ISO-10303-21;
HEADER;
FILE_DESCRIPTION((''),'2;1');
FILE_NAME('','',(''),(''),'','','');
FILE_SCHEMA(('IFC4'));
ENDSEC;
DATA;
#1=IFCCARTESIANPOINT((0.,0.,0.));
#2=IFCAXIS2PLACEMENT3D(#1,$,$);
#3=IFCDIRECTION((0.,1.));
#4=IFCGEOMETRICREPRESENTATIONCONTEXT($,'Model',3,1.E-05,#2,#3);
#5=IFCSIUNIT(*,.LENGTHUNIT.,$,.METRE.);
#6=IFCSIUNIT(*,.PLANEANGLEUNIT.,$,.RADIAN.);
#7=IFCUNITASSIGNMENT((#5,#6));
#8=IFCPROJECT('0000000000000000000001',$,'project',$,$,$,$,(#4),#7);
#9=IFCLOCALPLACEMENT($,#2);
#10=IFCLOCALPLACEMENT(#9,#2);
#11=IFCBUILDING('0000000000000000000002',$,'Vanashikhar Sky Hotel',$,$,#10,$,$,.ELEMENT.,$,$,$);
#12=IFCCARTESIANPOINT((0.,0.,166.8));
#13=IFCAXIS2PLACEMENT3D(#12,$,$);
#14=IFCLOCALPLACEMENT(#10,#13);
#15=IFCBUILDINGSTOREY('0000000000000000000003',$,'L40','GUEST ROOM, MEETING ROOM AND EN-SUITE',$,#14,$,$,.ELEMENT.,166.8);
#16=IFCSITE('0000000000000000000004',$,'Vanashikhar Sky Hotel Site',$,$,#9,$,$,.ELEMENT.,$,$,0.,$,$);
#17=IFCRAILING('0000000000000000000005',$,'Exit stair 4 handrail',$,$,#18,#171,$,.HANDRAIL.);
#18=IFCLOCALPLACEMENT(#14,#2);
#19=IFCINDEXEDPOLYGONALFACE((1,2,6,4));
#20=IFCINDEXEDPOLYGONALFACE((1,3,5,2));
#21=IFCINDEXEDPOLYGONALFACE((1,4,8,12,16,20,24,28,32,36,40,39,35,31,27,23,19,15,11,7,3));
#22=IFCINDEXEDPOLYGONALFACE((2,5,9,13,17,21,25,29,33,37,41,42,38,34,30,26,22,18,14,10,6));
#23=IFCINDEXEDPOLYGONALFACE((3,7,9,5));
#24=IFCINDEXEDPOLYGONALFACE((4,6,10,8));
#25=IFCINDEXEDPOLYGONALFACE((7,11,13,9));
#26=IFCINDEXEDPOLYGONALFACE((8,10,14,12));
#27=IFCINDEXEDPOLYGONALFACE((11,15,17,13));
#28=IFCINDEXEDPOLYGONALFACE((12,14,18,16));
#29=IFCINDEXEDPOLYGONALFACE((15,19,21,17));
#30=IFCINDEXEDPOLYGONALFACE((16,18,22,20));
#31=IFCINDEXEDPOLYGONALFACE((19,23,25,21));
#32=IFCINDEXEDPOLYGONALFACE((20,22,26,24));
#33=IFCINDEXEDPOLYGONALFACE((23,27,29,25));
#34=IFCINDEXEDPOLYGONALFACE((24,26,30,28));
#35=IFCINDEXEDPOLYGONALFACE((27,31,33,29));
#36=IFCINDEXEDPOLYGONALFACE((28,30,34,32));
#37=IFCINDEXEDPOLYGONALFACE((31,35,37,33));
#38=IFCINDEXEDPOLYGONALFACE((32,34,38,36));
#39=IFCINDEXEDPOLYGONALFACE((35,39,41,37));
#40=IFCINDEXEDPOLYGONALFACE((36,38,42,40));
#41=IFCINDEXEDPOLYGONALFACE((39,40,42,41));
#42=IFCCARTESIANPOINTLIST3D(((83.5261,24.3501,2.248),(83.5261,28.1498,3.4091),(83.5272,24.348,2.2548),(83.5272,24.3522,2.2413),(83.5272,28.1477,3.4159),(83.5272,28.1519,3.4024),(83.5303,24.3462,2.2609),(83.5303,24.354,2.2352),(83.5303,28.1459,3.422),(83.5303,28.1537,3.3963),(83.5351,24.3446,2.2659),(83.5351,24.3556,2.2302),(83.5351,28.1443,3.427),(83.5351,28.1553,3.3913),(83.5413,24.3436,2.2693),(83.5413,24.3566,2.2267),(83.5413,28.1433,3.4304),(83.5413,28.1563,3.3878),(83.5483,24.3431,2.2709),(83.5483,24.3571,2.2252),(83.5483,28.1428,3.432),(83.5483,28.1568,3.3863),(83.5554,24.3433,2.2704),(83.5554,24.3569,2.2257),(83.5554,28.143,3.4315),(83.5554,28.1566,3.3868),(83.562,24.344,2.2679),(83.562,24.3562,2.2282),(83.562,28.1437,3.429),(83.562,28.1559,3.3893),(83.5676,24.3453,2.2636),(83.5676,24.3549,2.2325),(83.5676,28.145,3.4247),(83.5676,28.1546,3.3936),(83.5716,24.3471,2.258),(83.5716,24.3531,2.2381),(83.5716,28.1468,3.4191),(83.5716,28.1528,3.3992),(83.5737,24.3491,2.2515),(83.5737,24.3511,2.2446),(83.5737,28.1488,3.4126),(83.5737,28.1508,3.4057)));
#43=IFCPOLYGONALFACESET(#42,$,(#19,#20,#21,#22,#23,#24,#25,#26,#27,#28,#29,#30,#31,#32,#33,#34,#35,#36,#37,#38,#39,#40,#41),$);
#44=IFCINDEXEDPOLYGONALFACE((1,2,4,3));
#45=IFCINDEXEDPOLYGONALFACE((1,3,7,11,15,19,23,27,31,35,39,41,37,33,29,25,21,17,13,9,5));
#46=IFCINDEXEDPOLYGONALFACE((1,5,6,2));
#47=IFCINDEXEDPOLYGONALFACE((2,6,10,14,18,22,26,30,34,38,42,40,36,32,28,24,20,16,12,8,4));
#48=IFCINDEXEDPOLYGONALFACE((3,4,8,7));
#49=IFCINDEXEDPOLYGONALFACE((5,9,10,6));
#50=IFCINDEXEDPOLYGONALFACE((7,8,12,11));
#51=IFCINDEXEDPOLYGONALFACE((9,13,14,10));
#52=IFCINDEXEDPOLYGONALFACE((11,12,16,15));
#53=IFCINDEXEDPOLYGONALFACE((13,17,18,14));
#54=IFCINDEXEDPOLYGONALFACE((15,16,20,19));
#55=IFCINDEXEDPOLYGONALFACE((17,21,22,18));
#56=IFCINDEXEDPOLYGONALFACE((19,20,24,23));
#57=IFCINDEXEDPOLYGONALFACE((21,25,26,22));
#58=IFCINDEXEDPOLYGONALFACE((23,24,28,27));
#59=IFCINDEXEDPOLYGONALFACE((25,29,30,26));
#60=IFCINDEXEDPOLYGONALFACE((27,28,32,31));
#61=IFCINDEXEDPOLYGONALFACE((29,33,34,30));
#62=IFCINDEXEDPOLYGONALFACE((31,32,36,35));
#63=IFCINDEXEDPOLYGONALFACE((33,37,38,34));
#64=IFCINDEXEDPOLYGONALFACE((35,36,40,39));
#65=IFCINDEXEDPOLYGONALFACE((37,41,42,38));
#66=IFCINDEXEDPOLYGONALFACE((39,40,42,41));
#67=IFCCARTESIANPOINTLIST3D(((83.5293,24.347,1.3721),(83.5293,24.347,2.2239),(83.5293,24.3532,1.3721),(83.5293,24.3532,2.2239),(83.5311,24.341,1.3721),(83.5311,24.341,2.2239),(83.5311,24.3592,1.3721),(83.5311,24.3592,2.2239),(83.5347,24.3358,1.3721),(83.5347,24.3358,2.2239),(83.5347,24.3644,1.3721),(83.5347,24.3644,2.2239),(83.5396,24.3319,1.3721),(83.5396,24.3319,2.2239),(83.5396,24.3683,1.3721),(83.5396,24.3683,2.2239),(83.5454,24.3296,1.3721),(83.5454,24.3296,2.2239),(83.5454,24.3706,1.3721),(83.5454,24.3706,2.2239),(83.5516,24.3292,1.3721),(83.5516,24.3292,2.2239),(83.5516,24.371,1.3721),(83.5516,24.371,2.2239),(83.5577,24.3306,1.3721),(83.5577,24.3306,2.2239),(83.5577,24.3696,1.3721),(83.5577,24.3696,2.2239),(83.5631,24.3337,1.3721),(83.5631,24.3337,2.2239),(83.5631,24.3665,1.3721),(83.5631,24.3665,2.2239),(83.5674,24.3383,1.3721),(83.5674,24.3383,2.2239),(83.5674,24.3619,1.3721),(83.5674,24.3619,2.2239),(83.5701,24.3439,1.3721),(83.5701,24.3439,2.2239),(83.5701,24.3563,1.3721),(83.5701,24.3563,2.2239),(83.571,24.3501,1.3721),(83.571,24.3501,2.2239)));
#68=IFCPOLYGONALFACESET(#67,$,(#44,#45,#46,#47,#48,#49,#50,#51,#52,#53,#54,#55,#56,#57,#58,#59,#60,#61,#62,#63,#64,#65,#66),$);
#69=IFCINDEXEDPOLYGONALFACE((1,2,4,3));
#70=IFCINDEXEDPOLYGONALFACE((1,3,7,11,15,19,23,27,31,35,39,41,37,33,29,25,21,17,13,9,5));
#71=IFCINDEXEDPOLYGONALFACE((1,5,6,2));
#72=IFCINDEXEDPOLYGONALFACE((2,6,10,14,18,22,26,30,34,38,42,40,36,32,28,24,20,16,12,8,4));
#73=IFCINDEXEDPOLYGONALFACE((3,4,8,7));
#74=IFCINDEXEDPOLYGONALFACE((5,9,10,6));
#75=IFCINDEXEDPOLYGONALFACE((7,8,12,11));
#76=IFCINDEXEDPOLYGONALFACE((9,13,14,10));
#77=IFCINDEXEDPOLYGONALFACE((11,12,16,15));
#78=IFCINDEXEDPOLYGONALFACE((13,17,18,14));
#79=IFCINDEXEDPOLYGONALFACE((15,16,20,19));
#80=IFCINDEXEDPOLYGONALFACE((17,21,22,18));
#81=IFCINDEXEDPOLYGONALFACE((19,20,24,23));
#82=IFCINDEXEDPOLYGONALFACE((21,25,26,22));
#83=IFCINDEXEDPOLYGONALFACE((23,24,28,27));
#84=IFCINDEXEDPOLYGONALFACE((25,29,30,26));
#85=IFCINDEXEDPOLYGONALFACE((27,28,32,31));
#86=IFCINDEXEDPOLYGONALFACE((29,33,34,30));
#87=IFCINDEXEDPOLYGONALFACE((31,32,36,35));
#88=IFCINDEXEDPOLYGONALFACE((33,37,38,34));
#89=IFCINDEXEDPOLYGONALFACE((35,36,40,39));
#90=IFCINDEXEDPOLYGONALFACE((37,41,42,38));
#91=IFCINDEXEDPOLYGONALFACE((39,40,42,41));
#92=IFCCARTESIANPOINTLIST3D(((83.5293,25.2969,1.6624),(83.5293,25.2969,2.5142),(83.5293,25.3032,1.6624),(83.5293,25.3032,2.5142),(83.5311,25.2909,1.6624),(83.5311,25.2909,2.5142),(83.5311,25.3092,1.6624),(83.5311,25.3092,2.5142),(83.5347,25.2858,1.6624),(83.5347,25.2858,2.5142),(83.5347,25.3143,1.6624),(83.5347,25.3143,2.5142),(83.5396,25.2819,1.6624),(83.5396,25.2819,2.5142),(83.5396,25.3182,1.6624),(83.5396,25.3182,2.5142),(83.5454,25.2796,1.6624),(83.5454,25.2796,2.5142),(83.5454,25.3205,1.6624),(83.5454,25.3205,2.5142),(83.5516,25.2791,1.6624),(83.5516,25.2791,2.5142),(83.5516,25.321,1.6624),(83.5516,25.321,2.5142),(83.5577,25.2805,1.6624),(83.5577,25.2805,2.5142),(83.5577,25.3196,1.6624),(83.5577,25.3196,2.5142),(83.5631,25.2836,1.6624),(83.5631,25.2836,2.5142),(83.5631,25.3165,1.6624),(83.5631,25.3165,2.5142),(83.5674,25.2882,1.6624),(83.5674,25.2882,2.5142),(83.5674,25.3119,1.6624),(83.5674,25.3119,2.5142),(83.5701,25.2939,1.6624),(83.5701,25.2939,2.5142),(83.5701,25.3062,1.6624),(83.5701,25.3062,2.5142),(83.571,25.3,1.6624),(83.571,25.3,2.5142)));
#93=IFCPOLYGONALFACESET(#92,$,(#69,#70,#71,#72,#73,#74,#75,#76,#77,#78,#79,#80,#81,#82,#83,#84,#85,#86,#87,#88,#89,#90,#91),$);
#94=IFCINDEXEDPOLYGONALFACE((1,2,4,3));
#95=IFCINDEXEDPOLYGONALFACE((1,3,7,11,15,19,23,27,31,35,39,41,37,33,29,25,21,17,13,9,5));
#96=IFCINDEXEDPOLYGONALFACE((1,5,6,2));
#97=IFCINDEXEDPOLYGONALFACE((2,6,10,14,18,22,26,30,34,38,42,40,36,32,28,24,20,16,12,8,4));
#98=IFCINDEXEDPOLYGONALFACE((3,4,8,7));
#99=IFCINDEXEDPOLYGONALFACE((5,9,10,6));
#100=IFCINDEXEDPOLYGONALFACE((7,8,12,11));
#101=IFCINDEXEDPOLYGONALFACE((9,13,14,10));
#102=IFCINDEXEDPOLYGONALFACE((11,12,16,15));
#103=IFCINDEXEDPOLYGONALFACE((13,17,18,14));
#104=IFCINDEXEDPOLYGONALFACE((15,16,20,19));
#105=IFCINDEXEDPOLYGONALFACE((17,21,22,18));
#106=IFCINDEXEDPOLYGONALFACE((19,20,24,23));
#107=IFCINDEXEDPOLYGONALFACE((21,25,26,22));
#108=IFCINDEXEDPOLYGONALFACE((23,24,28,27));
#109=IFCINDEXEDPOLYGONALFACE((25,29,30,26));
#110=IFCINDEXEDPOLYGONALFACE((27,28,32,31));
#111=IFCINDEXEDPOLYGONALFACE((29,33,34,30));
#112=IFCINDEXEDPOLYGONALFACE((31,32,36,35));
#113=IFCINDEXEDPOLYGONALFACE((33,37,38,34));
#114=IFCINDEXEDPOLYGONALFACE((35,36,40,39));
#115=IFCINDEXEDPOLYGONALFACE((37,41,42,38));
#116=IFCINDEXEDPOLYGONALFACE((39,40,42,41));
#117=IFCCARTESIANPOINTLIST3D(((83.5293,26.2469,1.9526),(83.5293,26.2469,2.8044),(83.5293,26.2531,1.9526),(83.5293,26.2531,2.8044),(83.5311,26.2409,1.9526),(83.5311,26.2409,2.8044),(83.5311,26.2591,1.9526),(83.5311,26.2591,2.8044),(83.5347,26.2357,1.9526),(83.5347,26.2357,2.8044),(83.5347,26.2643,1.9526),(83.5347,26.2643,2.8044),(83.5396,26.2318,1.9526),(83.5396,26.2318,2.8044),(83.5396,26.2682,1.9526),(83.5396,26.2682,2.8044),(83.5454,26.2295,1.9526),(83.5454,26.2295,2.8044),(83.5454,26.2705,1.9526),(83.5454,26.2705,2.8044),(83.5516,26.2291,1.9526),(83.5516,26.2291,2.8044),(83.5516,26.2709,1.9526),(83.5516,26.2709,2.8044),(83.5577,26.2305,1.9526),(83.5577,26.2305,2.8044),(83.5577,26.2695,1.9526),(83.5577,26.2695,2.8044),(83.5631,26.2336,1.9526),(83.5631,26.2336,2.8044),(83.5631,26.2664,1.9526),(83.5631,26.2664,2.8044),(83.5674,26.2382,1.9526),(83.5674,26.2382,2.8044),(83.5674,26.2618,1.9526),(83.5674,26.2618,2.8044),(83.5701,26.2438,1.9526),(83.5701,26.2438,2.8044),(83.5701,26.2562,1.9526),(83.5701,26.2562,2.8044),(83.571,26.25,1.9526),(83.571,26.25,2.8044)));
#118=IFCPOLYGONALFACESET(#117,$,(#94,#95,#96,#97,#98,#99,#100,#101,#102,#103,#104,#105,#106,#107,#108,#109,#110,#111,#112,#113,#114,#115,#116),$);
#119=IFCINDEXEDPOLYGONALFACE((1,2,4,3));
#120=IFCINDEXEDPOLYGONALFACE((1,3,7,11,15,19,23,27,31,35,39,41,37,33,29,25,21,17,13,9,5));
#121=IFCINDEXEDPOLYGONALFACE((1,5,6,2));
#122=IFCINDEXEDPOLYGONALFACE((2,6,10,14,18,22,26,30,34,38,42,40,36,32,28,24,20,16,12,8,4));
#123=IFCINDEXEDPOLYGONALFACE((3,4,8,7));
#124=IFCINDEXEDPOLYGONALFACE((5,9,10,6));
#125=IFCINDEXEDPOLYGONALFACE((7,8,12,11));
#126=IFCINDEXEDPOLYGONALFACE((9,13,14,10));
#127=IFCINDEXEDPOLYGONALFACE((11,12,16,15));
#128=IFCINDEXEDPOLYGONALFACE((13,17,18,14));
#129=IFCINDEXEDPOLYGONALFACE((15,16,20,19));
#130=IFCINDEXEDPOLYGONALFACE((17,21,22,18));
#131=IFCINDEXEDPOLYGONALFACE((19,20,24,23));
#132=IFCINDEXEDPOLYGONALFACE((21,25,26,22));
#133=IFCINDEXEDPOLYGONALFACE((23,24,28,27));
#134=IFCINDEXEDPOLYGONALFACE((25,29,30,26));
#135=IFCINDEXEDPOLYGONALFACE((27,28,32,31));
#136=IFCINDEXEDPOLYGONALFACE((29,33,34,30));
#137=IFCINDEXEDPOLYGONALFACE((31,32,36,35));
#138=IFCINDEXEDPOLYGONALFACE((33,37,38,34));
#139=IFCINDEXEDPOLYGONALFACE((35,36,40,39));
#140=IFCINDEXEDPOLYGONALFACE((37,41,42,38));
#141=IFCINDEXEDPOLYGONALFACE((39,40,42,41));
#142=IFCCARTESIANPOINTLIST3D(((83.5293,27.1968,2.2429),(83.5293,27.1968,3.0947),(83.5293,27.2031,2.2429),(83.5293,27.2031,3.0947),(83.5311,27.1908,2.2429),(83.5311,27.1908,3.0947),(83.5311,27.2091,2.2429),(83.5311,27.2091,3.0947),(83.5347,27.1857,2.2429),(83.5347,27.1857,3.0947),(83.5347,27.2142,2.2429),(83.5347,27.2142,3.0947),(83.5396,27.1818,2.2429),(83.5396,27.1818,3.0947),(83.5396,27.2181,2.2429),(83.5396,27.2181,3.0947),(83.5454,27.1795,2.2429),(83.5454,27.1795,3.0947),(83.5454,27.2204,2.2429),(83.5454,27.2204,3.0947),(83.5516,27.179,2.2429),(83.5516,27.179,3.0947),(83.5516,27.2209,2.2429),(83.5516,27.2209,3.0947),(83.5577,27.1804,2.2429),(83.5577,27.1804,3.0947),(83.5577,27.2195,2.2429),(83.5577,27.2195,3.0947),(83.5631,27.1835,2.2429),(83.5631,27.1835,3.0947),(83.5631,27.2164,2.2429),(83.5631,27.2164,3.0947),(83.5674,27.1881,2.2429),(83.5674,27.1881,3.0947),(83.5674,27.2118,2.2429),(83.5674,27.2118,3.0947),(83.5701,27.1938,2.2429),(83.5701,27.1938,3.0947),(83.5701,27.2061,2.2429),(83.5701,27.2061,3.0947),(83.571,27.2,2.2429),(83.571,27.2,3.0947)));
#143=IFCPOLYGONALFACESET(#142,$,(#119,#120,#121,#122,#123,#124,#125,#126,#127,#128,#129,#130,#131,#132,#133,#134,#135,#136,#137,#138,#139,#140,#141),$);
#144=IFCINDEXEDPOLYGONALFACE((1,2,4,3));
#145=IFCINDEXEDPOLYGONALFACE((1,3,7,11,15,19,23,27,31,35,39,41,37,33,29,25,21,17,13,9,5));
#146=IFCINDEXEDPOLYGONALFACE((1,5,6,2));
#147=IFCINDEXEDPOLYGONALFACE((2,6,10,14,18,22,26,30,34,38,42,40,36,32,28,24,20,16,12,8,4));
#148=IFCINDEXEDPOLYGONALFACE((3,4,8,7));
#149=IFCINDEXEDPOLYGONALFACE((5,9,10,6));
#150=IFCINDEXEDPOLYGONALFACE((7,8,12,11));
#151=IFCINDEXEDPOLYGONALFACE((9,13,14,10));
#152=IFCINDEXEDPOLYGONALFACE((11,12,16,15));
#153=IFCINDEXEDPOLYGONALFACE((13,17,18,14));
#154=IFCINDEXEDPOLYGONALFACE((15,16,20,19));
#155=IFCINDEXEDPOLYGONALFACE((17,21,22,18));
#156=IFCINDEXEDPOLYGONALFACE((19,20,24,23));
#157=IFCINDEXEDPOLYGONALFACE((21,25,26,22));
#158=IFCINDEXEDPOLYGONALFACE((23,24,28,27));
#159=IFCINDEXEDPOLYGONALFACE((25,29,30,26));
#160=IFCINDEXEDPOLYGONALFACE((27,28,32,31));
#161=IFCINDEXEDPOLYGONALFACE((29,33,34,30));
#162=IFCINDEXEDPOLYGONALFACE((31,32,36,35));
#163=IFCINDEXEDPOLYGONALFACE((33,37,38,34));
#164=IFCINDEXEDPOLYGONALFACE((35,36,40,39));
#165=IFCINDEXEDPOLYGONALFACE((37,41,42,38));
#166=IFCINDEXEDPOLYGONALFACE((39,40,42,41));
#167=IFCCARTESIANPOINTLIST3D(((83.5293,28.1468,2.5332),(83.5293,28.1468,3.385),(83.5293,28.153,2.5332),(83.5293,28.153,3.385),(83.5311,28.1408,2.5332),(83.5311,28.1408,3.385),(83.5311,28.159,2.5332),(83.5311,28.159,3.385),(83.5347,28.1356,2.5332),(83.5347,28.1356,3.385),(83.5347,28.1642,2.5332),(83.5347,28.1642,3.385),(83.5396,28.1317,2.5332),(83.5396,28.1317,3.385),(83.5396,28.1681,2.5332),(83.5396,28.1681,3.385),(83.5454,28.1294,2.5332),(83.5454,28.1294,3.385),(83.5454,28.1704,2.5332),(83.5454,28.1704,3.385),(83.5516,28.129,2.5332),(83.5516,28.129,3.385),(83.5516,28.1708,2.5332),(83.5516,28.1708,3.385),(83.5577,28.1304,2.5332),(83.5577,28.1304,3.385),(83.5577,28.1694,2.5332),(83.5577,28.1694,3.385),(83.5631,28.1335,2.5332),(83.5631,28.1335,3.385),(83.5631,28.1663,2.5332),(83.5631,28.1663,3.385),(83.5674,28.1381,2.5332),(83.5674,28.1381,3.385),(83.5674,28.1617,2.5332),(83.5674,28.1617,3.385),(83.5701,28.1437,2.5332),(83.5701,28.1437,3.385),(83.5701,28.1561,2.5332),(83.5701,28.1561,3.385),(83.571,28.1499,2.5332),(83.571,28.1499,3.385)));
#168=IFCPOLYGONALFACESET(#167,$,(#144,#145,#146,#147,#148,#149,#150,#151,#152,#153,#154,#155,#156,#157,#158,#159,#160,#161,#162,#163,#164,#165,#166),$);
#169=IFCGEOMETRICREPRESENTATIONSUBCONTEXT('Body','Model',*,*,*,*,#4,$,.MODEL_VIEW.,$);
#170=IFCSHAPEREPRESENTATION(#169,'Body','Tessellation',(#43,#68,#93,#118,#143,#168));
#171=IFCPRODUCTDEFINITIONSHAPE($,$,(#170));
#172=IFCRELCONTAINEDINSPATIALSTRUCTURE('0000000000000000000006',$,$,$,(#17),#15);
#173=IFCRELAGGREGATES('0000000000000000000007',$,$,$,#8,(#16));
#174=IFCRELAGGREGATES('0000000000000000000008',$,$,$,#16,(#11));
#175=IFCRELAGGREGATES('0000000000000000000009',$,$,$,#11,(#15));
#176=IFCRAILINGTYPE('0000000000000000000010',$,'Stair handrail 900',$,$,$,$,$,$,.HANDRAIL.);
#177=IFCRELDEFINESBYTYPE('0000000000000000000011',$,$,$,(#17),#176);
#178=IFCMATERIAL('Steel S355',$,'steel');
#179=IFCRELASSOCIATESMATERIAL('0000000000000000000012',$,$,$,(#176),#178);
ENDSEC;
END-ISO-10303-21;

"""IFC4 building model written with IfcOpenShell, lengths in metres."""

from ifc_helpers import new_model, si_unit, direction, frame, origin, origin_2d, place, context, subcontext, project, spatial, circle, extrude, source, transform, mapped, material, type_object, element, save


model = new_model("IFC4")

# Units and contexts
model_context = context("Model", 3, precision=1e-05, world=origin(), true_north=direction((0.0, 1.0)))
body_context = subcontext(model_context, "Body", "Model", "MODEL_VIEW")
ifc_project = project(units=[si_unit("LENGTHUNIT", "METRE"), si_unit("PLANEANGLEUNIT", "RADIAN")], contexts=[model_context])

# Site, building, storey
site_placement = place(None, origin())
site = spatial("IfcSite", under=ifc_project, at=site_placement, Name="Vanashikhar Sky Hotel Site", CompositionType="ELEMENT", RefElevation=0.0)
building_placement = place(site_placement, origin())
building = spatial("IfcBuilding", under=site, at=building_placement, Name="Vanashikhar Sky Hotel", CompositionType="ELEMENT")
storey_placement = place(building_placement, frame((0.0, 0.0, 166.8)))
storey = spatial("IfcBuildingStorey", under=building, at=storey_placement, Name="L40", Description="GUEST ROOM, MEETING ROOM AND EN-SUITE", CompositionType="ELEMENT", Elevation=166.8)

# Railing
ifc_material_1 = material(Name="Steel S355", Category="steel")
railing_type_1 = type_object("IfcRailingType", Name="Stair handrail 900", PredefinedType="HANDRAIL", material=ifc_material_1)
shared_shape_1 = source(origin(), body_context, "Body", "SweptSolid", [
    extrude(circle(Radius=0.0239, at=origin_2d()), frame((0.0, 0.0, 0.876), z_axis=(0.0, 0.956346, 0.292237), x_axis=(-1.0, 0.0, 0.0)), (0.0, 0.0, 1.0), 3.9731),
    extrude(circle(Radius=0.021, at=origin_2d()), origin(), (0.0, 0.0, 1.0), 0.8518),
    extrude(circle(Radius=0.021, at=origin_2d()), frame((0.0, 0.95, 0.2903)), (0.0, 0.0, 1.0), 0.8518),
    extrude(circle(Radius=0.021, at=origin_2d()), frame((0.0, 1.8999, 0.5806)), (0.0, 0.0, 1.0), 0.8518),
    extrude(circle(Radius=0.021, at=origin_2d()), frame((0.0, 2.8499, 0.8708)), (0.0, 0.0, 1.0), 0.8518),
    extrude(circle(Radius=0.021, at=origin_2d()), frame((0.0, 3.7998, 1.1611)), (0.0, 0.0, 1.0), 0.8518),
])
railing_1_placement = place(storey_placement, frame((83.55, 24.3501, 1.3721)))
element("IfcRailing", 1, at=railing_1_placement, inside=storey, type_object=railing_type_1, Name="Exit stair 4 handrail", PredefinedType="HANDRAIL", context=body_context, shape_type="MappedRepresentation", body=[
    mapped(shared_shape_1, transform((0.0, 0.0, 0.0), scale=1.0)),
])

save(model, "model.ifc")
